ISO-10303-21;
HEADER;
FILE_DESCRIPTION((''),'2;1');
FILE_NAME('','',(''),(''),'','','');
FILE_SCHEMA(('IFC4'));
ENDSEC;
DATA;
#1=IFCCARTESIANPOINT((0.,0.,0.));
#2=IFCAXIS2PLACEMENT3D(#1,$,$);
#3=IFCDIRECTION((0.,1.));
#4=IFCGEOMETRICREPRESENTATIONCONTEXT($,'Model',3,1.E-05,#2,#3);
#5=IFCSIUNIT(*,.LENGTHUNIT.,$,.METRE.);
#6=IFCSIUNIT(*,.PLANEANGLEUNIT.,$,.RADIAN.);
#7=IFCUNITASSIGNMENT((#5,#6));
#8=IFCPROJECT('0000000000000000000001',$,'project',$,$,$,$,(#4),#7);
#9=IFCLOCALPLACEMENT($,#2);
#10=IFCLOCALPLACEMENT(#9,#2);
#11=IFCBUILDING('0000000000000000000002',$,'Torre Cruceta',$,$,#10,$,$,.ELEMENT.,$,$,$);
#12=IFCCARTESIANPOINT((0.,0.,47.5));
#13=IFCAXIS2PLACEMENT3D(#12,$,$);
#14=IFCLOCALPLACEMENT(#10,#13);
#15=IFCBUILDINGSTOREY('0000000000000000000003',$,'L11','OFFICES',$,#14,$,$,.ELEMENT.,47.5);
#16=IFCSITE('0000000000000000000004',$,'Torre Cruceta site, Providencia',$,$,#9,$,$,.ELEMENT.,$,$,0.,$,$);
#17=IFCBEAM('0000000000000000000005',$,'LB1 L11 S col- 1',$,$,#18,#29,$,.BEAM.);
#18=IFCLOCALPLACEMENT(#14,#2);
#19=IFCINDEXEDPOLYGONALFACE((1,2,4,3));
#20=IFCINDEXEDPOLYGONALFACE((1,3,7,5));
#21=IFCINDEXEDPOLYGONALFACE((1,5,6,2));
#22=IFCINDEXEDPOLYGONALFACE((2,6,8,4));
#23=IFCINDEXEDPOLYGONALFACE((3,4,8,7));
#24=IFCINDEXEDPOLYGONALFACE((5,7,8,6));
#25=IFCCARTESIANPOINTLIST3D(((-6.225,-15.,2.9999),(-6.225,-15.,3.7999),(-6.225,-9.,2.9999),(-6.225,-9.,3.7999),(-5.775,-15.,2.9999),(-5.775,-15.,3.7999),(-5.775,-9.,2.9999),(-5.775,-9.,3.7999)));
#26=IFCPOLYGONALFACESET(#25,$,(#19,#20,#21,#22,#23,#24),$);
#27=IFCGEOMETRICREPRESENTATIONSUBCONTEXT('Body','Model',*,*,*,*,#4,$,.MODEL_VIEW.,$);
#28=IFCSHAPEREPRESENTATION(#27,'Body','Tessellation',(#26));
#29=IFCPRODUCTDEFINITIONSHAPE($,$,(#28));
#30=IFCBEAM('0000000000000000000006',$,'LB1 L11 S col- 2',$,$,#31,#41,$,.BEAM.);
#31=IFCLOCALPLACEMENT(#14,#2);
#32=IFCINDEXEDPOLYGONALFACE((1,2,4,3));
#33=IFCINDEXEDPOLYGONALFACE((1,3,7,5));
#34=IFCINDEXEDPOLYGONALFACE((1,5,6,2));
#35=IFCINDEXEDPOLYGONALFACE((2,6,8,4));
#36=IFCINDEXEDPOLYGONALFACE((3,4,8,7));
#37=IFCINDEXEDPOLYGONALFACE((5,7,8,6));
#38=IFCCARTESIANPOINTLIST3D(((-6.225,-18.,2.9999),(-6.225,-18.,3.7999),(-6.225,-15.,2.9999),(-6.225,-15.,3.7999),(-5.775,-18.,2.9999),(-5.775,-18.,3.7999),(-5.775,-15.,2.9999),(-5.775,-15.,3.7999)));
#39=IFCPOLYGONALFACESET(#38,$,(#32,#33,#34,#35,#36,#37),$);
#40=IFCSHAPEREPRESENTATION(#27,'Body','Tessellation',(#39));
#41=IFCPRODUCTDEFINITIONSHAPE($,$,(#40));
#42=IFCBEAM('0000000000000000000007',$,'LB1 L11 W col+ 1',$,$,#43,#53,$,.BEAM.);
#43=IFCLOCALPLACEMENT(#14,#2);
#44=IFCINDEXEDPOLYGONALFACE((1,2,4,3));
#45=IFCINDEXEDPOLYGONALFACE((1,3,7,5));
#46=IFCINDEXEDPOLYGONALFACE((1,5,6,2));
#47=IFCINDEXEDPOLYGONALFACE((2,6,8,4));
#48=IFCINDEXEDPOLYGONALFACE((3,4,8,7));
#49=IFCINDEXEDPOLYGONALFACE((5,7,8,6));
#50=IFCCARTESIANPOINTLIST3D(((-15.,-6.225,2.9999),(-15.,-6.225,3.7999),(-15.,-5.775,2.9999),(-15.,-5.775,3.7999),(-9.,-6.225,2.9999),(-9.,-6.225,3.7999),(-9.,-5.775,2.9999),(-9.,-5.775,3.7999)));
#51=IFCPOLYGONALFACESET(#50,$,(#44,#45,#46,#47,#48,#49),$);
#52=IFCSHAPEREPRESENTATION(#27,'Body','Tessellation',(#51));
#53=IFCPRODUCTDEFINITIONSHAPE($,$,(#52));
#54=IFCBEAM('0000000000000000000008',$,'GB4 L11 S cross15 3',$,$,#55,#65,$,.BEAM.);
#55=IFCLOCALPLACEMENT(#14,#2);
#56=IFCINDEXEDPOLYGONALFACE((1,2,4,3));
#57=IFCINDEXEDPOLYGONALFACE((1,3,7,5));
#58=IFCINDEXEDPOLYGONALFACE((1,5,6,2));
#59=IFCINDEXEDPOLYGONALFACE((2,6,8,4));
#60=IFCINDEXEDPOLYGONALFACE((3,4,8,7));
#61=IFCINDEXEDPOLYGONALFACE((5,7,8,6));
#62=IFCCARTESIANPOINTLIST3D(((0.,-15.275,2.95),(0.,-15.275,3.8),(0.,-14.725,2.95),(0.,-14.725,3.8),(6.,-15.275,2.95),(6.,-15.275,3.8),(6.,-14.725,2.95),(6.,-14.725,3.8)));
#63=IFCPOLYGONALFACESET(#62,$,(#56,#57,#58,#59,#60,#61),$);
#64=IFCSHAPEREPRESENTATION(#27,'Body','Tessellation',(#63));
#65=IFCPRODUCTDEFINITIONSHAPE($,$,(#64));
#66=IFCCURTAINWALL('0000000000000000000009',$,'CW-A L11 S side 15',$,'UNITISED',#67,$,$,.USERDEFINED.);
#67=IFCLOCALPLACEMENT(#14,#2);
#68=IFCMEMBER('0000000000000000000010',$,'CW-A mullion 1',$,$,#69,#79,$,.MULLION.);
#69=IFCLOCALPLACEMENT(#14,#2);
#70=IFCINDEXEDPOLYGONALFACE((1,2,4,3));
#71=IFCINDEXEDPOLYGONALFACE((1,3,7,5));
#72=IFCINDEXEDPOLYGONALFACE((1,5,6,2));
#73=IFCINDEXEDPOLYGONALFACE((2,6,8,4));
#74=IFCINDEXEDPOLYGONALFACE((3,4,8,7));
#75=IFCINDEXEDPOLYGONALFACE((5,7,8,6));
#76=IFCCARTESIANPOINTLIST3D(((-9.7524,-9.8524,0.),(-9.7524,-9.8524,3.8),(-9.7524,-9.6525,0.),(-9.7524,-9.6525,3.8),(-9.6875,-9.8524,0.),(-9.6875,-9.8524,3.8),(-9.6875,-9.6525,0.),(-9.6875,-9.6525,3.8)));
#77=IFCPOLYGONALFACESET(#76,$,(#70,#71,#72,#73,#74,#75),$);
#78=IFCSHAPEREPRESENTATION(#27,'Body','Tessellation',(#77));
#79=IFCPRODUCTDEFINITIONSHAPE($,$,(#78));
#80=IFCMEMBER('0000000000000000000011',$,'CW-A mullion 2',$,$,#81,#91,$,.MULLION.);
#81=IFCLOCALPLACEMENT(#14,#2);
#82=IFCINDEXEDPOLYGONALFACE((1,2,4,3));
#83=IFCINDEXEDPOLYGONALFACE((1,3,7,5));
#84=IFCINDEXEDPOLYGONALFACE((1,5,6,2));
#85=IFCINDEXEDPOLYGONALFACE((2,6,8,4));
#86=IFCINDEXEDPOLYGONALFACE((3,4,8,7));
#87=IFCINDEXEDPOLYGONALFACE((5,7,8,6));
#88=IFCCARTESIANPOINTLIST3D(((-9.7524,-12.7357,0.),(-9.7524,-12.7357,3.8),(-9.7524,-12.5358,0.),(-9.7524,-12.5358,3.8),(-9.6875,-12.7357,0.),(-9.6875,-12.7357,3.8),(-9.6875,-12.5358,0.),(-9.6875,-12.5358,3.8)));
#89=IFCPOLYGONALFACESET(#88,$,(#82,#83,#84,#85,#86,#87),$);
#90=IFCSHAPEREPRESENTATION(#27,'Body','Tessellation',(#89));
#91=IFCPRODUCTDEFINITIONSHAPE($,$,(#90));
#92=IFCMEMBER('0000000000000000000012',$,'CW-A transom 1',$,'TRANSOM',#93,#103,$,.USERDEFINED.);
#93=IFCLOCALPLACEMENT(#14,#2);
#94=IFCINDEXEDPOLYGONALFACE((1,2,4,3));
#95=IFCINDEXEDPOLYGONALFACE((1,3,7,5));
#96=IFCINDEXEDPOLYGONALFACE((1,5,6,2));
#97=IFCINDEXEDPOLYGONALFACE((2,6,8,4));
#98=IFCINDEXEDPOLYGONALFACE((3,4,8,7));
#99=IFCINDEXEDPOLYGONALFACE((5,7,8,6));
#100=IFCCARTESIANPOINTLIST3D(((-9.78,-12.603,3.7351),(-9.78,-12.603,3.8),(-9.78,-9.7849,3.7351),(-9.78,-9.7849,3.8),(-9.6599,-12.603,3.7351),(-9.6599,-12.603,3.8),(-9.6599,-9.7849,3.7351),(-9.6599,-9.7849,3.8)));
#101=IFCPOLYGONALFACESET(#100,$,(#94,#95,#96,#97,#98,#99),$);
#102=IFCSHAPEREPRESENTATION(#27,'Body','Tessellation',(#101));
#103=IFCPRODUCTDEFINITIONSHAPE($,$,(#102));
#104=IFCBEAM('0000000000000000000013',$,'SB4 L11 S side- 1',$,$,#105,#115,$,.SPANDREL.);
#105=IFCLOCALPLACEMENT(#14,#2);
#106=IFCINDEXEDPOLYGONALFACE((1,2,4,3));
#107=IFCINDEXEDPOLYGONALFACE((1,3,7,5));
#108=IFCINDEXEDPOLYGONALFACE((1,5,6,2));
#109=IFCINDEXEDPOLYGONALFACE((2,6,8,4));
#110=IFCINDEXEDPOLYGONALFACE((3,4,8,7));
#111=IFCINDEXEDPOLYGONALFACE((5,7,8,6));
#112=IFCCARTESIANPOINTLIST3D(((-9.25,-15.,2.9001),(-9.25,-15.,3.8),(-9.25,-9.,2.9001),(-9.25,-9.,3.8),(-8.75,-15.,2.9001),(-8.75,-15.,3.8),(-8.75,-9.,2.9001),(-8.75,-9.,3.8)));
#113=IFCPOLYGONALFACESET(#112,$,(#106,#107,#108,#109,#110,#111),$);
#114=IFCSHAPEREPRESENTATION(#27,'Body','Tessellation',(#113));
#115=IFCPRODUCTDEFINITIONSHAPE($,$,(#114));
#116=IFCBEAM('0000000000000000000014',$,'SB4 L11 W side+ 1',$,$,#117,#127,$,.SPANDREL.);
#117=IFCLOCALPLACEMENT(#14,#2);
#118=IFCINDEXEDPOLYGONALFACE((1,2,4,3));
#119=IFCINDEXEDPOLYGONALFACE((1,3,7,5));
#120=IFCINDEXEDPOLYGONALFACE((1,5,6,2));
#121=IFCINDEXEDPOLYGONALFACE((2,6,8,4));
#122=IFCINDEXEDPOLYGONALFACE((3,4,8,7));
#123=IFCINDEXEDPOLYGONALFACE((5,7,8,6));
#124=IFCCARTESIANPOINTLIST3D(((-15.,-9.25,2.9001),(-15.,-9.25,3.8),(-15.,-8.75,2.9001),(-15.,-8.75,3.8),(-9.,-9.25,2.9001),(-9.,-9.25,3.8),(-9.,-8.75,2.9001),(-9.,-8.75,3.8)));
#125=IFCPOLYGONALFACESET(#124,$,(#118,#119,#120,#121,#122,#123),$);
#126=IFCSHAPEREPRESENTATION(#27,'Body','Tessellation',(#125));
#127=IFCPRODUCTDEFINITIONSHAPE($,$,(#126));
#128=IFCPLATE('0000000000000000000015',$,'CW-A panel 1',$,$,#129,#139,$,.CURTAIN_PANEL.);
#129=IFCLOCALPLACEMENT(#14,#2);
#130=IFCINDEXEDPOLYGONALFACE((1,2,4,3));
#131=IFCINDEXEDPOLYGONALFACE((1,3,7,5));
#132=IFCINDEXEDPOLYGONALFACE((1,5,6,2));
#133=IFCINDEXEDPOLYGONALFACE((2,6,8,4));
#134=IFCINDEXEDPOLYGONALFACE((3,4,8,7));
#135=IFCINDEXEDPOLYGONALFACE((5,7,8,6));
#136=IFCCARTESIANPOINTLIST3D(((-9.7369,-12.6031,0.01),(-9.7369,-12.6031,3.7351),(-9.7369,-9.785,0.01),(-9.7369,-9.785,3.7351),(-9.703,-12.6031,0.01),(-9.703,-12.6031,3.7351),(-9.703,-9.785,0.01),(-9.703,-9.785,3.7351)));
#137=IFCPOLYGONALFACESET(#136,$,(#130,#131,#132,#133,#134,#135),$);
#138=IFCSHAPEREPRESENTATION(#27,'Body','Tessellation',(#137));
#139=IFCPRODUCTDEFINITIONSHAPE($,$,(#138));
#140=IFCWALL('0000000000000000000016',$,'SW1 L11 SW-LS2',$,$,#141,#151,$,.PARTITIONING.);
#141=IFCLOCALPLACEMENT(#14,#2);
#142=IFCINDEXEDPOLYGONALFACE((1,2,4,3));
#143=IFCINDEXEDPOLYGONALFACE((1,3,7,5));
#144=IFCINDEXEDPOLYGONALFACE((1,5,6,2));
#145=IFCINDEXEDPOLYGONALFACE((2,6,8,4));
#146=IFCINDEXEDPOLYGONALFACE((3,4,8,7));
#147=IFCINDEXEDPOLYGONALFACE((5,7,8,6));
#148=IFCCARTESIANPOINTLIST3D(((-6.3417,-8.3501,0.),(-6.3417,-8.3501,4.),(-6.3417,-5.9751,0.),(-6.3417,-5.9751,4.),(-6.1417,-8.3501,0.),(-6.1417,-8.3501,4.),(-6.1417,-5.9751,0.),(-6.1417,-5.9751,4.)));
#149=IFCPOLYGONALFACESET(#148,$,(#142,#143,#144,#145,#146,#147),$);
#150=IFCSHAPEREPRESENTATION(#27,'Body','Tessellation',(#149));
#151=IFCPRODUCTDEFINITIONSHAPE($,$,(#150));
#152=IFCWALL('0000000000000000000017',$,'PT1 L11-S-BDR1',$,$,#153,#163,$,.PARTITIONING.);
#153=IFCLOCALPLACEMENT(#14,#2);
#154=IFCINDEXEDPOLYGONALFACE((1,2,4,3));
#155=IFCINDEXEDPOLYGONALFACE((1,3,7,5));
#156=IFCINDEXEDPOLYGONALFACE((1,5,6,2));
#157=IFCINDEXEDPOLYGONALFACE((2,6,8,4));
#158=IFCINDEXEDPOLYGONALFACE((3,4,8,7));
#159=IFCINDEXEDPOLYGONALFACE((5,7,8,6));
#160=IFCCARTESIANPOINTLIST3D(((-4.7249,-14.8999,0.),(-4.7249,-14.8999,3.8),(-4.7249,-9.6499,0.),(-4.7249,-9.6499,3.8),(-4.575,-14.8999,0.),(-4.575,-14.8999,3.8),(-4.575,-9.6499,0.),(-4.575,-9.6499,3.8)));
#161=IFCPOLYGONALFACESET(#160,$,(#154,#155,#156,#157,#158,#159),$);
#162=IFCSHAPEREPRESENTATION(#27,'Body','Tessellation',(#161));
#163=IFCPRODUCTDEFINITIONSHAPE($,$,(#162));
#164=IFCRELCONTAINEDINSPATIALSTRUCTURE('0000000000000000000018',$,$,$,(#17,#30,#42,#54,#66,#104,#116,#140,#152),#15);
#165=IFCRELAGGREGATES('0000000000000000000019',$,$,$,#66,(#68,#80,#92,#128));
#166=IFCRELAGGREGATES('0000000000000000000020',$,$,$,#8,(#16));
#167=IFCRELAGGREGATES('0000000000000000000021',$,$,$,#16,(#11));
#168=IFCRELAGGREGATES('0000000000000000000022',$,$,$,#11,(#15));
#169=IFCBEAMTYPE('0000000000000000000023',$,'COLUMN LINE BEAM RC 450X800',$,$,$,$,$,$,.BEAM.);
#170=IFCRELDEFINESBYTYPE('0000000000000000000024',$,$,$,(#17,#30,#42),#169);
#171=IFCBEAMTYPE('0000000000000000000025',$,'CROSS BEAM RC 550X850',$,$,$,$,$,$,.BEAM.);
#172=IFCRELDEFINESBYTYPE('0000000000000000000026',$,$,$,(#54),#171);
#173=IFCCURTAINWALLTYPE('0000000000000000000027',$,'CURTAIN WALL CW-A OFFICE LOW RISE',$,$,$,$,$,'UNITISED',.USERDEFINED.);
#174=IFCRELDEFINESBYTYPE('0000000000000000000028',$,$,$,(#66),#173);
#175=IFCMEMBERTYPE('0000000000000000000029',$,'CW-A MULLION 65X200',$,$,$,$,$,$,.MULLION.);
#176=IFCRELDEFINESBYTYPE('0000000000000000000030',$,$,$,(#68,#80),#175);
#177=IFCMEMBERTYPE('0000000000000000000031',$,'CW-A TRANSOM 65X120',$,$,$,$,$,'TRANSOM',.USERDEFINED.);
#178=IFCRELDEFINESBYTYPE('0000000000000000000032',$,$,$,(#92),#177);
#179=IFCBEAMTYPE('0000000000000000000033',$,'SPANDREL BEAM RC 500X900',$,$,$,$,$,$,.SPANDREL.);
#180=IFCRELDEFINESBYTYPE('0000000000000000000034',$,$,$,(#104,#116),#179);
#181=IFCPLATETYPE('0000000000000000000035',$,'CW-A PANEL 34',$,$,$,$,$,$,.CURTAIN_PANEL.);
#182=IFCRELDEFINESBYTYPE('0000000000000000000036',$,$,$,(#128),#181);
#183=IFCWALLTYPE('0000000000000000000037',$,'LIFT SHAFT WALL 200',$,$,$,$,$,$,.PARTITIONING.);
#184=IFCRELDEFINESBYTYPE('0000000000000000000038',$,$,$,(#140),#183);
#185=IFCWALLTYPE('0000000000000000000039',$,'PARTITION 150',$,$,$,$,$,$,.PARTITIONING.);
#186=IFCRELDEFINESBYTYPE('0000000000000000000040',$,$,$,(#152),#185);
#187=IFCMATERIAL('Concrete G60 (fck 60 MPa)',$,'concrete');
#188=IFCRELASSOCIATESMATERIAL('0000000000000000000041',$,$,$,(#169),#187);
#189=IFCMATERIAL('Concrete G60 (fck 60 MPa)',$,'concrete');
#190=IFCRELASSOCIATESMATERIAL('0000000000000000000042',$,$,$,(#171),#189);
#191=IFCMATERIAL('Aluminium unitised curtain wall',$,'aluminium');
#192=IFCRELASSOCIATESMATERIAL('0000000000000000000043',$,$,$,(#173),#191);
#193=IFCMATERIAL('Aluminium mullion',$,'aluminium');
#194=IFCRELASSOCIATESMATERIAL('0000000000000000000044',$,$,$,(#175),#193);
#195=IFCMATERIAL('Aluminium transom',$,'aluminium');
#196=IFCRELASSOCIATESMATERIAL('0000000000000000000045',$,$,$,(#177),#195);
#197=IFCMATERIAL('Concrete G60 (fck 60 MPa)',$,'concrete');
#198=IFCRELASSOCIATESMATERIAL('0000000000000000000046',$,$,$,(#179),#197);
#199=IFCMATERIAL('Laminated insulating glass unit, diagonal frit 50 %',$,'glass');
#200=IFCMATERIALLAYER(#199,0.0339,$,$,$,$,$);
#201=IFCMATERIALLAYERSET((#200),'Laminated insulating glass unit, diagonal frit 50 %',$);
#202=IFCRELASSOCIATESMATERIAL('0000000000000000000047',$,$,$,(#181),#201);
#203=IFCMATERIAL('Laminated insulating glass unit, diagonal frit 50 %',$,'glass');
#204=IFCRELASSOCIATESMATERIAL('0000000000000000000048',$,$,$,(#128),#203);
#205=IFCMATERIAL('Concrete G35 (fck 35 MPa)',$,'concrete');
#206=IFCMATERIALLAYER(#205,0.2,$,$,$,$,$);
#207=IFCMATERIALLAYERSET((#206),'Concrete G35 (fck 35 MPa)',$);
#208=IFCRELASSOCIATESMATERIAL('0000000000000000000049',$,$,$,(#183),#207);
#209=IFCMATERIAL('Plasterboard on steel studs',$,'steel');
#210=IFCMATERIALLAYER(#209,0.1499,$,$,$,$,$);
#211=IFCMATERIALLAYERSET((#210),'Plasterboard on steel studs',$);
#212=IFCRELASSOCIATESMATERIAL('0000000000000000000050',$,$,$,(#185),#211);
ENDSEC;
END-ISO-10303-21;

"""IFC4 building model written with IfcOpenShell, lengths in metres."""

from ifc_helpers import new_model, si_unit, direction, frame, frame_2d, origin, origin_2d, place, context, subcontext, project, spatial, rectangle, extrude, material, layer, layer_set, material_profile, profile_set, type_object, element, aggregate, save


model = new_model("IFC4")

# Units and contexts
model_context = context("Model", 3, precision=1e-05, world=origin(), true_north=direction((0.0, 1.0)))
body_context = subcontext(model_context, "Body", "Model", "MODEL_VIEW")
ifc_project = project(units=[si_unit("LENGTHUNIT", "METRE"), si_unit("PLANEANGLEUNIT", "RADIAN")], contexts=[model_context])

# Site, building, storey
site_placement = place(None, origin())
site = spatial("IfcSite", under=ifc_project, at=site_placement, Name="Torre Cruceta site, Providencia", CompositionType="ELEMENT", RefElevation=0.0)
building_placement = place(site_placement, origin())
building = spatial("IfcBuilding", under=site, at=building_placement, Name="Torre Cruceta", CompositionType="ELEMENT")
storey_placement = place(building_placement, frame((0.0, 0.0, 47.5)))
storey = spatial("IfcBuildingStorey", under=building, at=storey_placement, Name="L11", Description="OFFICES", CompositionType="ELEMENT", Elevation=47.5)

# Beams
ifc_material_1 = material(Name="Concrete G60 (fck 60 MPa)", Category="concrete")
ifc_material_profile_1 = material_profile(ifc_material_1, rectangle(XDim=0.45, YDim=0.8, at=origin_2d()), Name="RC 450X800")
ifc_profile_set_1 = profile_set([ifc_material_profile_1], Name="Concrete G60 (fck 60 MPa)")
beam_type_1 = type_object("IfcBeamType", Name="COLUMN LINE BEAM RC 450X800", PredefinedType="BEAM", material=ifc_profile_set_1)
beam_1_placement = place(storey_placement, frame((-6.0, -9.0, 3.3999), z_axis=(0.0, -1.0, 0.0), x_axis=(1.0, 0.0, 0.0)))
element("IfcBeam", 1, at=beam_1_placement, inside=storey, type_object=beam_type_1, Name="LB1 L11 S col- 1", PredefinedType="BEAM", context=body_context, shape_type="SweptSolid", body=[
    extrude(rectangle(XDim=0.45, YDim=0.8, at=origin_2d()), origin(), (0.0, 0.0, 1.0), 6.0),
])
beam_2_placement = place(storey_placement, frame((-6.0, -15.0, 3.3999), z_axis=(0.0, -1.0, 0.0), x_axis=(1.0, 0.0, 0.0)))
element("IfcBeam", 2, at=beam_2_placement, inside=storey, type_object=beam_type_1, Name="LB1 L11 S col- 2", PredefinedType="BEAM", context=body_context, shape_type="SweptSolid", body=[
    extrude(rectangle(XDim=0.45, YDim=0.8, at=origin_2d()), origin(), (0.0, 0.0, 1.0), 3.0),
])
beam_3_placement = place(storey_placement, frame((-9.0, -6.0, 3.3999), z_axis=(-1.0, 0.0, 0.0), x_axis=(0.0, -1.0, 0.0)))
element("IfcBeam", 3, at=beam_3_placement, inside=storey, type_object=beam_type_1, Name="LB1 L11 W col+ 1", PredefinedType="BEAM", context=body_context, shape_type="SweptSolid", body=[
    extrude(rectangle(XDim=0.45, YDim=0.8, at=origin_2d()), origin(), (0.0, 0.0, 1.0), 6.0),
])
ifc_material_2 = material(Name="Concrete G60 (fck 60 MPa)", Category="concrete")
ifc_material_profile_2 = material_profile(ifc_material_2, rectangle(XDim=0.55, YDim=0.8501, at=origin_2d()), Name="RC 550X850")
ifc_profile_set_2 = profile_set([ifc_material_profile_2], Name="Concrete G60 (fck 60 MPa)")
beam_type_2 = type_object("IfcBeamType", Name="CROSS BEAM RC 550X850", PredefinedType="BEAM", material=ifc_profile_set_2)
beam_4_placement = place(storey_placement, frame((0.0, -15.0, 3.375), z_axis=(1.0, 0.0, 0.0), x_axis=(0.0, 1.0, 0.0)))
element("IfcBeam", 4, at=beam_4_placement, inside=storey, type_object=beam_type_2, Name="GB4 L11 S cross15 3", PredefinedType="BEAM", context=body_context, shape_type="SweptSolid", body=[
    extrude(rectangle(XDim=0.55, YDim=0.8501, at=origin_2d()), origin(), (0.0, 0.0, 1.0), 6.0),
])

# Curtain wall, members
ifc_material_3 = material(Name="Aluminium unitised curtain wall", Category="aluminium")
curtain_wall_type = type_object("IfcCurtainWallType", Name="CURTAIN WALL CW-A OFFICE LOW RISE", ElementType="UNITISED", PredefinedType="USERDEFINED", material=ifc_material_3)
curtain_wall_placement = place(storey_placement, origin())
curtain_wall = element("IfcCurtainWall", 5, at=curtain_wall_placement, inside=storey, type_object=curtain_wall_type, Name="CW-A L11 S side 15", ObjectType="UNITISED", PredefinedType="USERDEFINED")
ifc_material_4 = material(Name="Aluminium mullion", Category="aluminium")
ifc_material_profile_3 = material_profile(ifc_material_4, rectangle(XDim=0.0649, YDim=0.2, at=origin_2d()), Name="AL 65X200")
ifc_profile_set_3 = profile_set([ifc_material_profile_3], Name="Aluminium mullion")
member_type_1 = type_object("IfcMemberType", Name="CW-A MULLION 65X200", PredefinedType="MULLION", material=ifc_profile_set_3)
member_1_placement = place(storey_placement, frame((-9.72, -9.7524, 0.0), z_axis=(0.0, 0.0, 1.0), x_axis=(1.0, 0.0, 0.0)))
member_1 = element("IfcMember", 6, at=member_1_placement, type_object=member_type_1, Name="CW-A mullion 1", PredefinedType="MULLION", context=body_context, shape_type="SweptSolid", body=[
    extrude(rectangle(XDim=0.0649, YDim=0.2, at=origin_2d()), origin(), (0.0, 0.0, 1.0), 3.8),
])
member_2_placement = place(storey_placement, frame((-9.72, -12.6357, 0.0), z_axis=(0.0, 0.0, 1.0), x_axis=(1.0, 0.0, 0.0)))
member_2 = element("IfcMember", 7, at=member_2_placement, type_object=member_type_1, Name="CW-A mullion 2", PredefinedType="MULLION", context=body_context, shape_type="SweptSolid", body=[
    extrude(rectangle(XDim=0.0649, YDim=0.2, at=origin_2d()), origin(), (0.0, 0.0, 1.0), 3.8),
])
ifc_material_5 = material(Name="Aluminium transom", Category="aluminium")
ifc_material_profile_4 = material_profile(ifc_material_5, rectangle(XDim=0.1201, YDim=0.0649, at=origin_2d()), Name="AL 120X65")
ifc_profile_set_4 = profile_set([ifc_material_profile_4], Name="Aluminium transom")
member_type_2 = type_object("IfcMemberType", Name="CW-A TRANSOM 65X120", ElementType="TRANSOM", PredefinedType="USERDEFINED", material=ifc_profile_set_4)
member_3_placement = place(storey_placement, frame((-9.72, -9.7849, 3.7676), z_axis=(0.0, -1.0, 0.0), x_axis=(1.0, 0.0, 0.0)))
member_3 = element("IfcMember", 8, at=member_3_placement, type_object=member_type_2, Name="CW-A transom 1", ObjectType="TRANSOM", PredefinedType="USERDEFINED", context=body_context, shape_type="SweptSolid", body=[
    extrude(rectangle(XDim=0.1201, YDim=0.0649, at=origin_2d()), origin(), (0.0, 0.0, 1.0), 2.8181),
])

# Beams
ifc_material_6 = material(Name="Concrete G60 (fck 60 MPa)", Category="concrete")
ifc_material_profile_5 = material_profile(ifc_material_6, rectangle(XDim=0.5, YDim=0.8999, at=origin_2d()), Name="RC 500X900")
ifc_profile_set_5 = profile_set([ifc_material_profile_5], Name="Concrete G60 (fck 60 MPa)")
beam_type_3 = type_object("IfcBeamType", Name="SPANDREL BEAM RC 500X900", PredefinedType="SPANDREL", material=ifc_profile_set_5)
for number, where, z_axis, x_axis, name in (
    (9, (-9.0, -9.0, 3.3501), (0.0, -1.0, 0.0), (1.0, 0.0, 0.0), "SB4 L11 S side- 1"),
    (10, (-9.0, -9.0, 3.3501), (-1.0, 0.0, 0.0), (0.0, -1.0, 0.0), "SB4 L11 W side+ 1"),
):
    element("IfcBeam", number, at=place(storey_placement, frame(where, z_axis=z_axis, x_axis=x_axis)), inside=storey, type_object=beam_type_3, Name=name, PredefinedType="SPANDREL", context=body_context, shape_type="SweptSolid", body=[
        extrude(rectangle(XDim=0.5, YDim=0.8999, at=origin_2d()), origin(), (0.0, 0.0, 1.0), 6.0),
    ])

# Plate
ifc_material_7 = material(Name="Laminated insulating glass unit, diagonal frit 50 %", Category="glass")
ifc_material_8 = material(Name="Laminated insulating glass unit, diagonal frit 50 %", Category="glass")
ifc_layer_1 = layer(ifc_material_8, 0.0339)
ifc_layer_set_1 = layer_set([ifc_layer_1], Name="Laminated insulating glass unit, diagonal frit 50 %")
plate_type = type_object("IfcPlateType", Name="CW-A PANEL 34", PredefinedType="CURTAIN_PANEL", material=ifc_layer_set_1)
plate_placement = place(storey_placement, frame((-9.72, -11.1941, 0.01), z_axis=(0.0, 0.0, 1.0), x_axis=(0.0, -1.0, 0.0)))
plate = element("IfcPlate", 11, at=plate_placement, type_object=plate_type, material=ifc_material_7, Name="CW-A panel 1", PredefinedType="CURTAIN_PANEL", context=body_context, shape_type="SweptSolid", body=[
    extrude(rectangle(XDim=2.8181, YDim=0.0339, at=origin_2d()), origin(), (0.0, 0.0, 1.0), 3.7251),
])
aggregate(curtain_wall, [member_1, member_2, member_3, plate])

# Walls
ifc_material_9 = material(Name="Concrete G35 (fck 35 MPa)", Category="concrete")
ifc_layer_2 = layer(ifc_material_9, 0.2)
ifc_layer_set_2 = layer_set([ifc_layer_2], Name="Concrete G35 (fck 35 MPa)")
wall_type_1 = type_object("IfcWallType", Name="LIFT SHAFT WALL 200", PredefinedType="PARTITIONING", material=ifc_layer_set_2)
wall_1_placement = place(storey_placement, frame((-6.2417, -5.9751, 0.0), z_axis=(0.0, 0.0, 1.0), x_axis=(0.0, -1.0, 0.0)))
element("IfcWall", 12, at=wall_1_placement, inside=storey, type_object=wall_type_1, Name="SW1 L11 SW-LS2", PredefinedType="PARTITIONING", context=body_context, shape_type="SweptSolid", body=[
    extrude(rectangle(XDim=2.375, YDim=0.2, at=frame_2d((1.1875, 0.0))), origin(), (0.0, 0.0, 1.0), 4.0),
])
ifc_material_10 = material(Name="Plasterboard on steel studs", Category="steel")
ifc_layer_3 = layer(ifc_material_10, 0.1499)
ifc_layer_set_3 = layer_set([ifc_layer_3], Name="Plasterboard on steel studs")
wall_type_2 = type_object("IfcWallType", Name="PARTITION 150", PredefinedType="PARTITIONING", material=ifc_layer_set_3)
wall_2_placement = place(storey_placement, frame((-4.6499, -9.6499, 0.0), z_axis=(0.0, 0.0, 1.0), x_axis=(0.0, -1.0, 0.0)))
element("IfcWall", 13, at=wall_2_placement, inside=storey, type_object=wall_type_2, Name="PT1 L11-S-BDR1", PredefinedType="PARTITIONING", context=body_context, shape_type="SweptSolid", body=[
    extrude(rectangle(XDim=5.25, YDim=0.1499, at=frame_2d((2.625, 0.0))), origin(), (0.0, 0.0, 1.0), 3.8),
])

save(model, "model.ifc")
